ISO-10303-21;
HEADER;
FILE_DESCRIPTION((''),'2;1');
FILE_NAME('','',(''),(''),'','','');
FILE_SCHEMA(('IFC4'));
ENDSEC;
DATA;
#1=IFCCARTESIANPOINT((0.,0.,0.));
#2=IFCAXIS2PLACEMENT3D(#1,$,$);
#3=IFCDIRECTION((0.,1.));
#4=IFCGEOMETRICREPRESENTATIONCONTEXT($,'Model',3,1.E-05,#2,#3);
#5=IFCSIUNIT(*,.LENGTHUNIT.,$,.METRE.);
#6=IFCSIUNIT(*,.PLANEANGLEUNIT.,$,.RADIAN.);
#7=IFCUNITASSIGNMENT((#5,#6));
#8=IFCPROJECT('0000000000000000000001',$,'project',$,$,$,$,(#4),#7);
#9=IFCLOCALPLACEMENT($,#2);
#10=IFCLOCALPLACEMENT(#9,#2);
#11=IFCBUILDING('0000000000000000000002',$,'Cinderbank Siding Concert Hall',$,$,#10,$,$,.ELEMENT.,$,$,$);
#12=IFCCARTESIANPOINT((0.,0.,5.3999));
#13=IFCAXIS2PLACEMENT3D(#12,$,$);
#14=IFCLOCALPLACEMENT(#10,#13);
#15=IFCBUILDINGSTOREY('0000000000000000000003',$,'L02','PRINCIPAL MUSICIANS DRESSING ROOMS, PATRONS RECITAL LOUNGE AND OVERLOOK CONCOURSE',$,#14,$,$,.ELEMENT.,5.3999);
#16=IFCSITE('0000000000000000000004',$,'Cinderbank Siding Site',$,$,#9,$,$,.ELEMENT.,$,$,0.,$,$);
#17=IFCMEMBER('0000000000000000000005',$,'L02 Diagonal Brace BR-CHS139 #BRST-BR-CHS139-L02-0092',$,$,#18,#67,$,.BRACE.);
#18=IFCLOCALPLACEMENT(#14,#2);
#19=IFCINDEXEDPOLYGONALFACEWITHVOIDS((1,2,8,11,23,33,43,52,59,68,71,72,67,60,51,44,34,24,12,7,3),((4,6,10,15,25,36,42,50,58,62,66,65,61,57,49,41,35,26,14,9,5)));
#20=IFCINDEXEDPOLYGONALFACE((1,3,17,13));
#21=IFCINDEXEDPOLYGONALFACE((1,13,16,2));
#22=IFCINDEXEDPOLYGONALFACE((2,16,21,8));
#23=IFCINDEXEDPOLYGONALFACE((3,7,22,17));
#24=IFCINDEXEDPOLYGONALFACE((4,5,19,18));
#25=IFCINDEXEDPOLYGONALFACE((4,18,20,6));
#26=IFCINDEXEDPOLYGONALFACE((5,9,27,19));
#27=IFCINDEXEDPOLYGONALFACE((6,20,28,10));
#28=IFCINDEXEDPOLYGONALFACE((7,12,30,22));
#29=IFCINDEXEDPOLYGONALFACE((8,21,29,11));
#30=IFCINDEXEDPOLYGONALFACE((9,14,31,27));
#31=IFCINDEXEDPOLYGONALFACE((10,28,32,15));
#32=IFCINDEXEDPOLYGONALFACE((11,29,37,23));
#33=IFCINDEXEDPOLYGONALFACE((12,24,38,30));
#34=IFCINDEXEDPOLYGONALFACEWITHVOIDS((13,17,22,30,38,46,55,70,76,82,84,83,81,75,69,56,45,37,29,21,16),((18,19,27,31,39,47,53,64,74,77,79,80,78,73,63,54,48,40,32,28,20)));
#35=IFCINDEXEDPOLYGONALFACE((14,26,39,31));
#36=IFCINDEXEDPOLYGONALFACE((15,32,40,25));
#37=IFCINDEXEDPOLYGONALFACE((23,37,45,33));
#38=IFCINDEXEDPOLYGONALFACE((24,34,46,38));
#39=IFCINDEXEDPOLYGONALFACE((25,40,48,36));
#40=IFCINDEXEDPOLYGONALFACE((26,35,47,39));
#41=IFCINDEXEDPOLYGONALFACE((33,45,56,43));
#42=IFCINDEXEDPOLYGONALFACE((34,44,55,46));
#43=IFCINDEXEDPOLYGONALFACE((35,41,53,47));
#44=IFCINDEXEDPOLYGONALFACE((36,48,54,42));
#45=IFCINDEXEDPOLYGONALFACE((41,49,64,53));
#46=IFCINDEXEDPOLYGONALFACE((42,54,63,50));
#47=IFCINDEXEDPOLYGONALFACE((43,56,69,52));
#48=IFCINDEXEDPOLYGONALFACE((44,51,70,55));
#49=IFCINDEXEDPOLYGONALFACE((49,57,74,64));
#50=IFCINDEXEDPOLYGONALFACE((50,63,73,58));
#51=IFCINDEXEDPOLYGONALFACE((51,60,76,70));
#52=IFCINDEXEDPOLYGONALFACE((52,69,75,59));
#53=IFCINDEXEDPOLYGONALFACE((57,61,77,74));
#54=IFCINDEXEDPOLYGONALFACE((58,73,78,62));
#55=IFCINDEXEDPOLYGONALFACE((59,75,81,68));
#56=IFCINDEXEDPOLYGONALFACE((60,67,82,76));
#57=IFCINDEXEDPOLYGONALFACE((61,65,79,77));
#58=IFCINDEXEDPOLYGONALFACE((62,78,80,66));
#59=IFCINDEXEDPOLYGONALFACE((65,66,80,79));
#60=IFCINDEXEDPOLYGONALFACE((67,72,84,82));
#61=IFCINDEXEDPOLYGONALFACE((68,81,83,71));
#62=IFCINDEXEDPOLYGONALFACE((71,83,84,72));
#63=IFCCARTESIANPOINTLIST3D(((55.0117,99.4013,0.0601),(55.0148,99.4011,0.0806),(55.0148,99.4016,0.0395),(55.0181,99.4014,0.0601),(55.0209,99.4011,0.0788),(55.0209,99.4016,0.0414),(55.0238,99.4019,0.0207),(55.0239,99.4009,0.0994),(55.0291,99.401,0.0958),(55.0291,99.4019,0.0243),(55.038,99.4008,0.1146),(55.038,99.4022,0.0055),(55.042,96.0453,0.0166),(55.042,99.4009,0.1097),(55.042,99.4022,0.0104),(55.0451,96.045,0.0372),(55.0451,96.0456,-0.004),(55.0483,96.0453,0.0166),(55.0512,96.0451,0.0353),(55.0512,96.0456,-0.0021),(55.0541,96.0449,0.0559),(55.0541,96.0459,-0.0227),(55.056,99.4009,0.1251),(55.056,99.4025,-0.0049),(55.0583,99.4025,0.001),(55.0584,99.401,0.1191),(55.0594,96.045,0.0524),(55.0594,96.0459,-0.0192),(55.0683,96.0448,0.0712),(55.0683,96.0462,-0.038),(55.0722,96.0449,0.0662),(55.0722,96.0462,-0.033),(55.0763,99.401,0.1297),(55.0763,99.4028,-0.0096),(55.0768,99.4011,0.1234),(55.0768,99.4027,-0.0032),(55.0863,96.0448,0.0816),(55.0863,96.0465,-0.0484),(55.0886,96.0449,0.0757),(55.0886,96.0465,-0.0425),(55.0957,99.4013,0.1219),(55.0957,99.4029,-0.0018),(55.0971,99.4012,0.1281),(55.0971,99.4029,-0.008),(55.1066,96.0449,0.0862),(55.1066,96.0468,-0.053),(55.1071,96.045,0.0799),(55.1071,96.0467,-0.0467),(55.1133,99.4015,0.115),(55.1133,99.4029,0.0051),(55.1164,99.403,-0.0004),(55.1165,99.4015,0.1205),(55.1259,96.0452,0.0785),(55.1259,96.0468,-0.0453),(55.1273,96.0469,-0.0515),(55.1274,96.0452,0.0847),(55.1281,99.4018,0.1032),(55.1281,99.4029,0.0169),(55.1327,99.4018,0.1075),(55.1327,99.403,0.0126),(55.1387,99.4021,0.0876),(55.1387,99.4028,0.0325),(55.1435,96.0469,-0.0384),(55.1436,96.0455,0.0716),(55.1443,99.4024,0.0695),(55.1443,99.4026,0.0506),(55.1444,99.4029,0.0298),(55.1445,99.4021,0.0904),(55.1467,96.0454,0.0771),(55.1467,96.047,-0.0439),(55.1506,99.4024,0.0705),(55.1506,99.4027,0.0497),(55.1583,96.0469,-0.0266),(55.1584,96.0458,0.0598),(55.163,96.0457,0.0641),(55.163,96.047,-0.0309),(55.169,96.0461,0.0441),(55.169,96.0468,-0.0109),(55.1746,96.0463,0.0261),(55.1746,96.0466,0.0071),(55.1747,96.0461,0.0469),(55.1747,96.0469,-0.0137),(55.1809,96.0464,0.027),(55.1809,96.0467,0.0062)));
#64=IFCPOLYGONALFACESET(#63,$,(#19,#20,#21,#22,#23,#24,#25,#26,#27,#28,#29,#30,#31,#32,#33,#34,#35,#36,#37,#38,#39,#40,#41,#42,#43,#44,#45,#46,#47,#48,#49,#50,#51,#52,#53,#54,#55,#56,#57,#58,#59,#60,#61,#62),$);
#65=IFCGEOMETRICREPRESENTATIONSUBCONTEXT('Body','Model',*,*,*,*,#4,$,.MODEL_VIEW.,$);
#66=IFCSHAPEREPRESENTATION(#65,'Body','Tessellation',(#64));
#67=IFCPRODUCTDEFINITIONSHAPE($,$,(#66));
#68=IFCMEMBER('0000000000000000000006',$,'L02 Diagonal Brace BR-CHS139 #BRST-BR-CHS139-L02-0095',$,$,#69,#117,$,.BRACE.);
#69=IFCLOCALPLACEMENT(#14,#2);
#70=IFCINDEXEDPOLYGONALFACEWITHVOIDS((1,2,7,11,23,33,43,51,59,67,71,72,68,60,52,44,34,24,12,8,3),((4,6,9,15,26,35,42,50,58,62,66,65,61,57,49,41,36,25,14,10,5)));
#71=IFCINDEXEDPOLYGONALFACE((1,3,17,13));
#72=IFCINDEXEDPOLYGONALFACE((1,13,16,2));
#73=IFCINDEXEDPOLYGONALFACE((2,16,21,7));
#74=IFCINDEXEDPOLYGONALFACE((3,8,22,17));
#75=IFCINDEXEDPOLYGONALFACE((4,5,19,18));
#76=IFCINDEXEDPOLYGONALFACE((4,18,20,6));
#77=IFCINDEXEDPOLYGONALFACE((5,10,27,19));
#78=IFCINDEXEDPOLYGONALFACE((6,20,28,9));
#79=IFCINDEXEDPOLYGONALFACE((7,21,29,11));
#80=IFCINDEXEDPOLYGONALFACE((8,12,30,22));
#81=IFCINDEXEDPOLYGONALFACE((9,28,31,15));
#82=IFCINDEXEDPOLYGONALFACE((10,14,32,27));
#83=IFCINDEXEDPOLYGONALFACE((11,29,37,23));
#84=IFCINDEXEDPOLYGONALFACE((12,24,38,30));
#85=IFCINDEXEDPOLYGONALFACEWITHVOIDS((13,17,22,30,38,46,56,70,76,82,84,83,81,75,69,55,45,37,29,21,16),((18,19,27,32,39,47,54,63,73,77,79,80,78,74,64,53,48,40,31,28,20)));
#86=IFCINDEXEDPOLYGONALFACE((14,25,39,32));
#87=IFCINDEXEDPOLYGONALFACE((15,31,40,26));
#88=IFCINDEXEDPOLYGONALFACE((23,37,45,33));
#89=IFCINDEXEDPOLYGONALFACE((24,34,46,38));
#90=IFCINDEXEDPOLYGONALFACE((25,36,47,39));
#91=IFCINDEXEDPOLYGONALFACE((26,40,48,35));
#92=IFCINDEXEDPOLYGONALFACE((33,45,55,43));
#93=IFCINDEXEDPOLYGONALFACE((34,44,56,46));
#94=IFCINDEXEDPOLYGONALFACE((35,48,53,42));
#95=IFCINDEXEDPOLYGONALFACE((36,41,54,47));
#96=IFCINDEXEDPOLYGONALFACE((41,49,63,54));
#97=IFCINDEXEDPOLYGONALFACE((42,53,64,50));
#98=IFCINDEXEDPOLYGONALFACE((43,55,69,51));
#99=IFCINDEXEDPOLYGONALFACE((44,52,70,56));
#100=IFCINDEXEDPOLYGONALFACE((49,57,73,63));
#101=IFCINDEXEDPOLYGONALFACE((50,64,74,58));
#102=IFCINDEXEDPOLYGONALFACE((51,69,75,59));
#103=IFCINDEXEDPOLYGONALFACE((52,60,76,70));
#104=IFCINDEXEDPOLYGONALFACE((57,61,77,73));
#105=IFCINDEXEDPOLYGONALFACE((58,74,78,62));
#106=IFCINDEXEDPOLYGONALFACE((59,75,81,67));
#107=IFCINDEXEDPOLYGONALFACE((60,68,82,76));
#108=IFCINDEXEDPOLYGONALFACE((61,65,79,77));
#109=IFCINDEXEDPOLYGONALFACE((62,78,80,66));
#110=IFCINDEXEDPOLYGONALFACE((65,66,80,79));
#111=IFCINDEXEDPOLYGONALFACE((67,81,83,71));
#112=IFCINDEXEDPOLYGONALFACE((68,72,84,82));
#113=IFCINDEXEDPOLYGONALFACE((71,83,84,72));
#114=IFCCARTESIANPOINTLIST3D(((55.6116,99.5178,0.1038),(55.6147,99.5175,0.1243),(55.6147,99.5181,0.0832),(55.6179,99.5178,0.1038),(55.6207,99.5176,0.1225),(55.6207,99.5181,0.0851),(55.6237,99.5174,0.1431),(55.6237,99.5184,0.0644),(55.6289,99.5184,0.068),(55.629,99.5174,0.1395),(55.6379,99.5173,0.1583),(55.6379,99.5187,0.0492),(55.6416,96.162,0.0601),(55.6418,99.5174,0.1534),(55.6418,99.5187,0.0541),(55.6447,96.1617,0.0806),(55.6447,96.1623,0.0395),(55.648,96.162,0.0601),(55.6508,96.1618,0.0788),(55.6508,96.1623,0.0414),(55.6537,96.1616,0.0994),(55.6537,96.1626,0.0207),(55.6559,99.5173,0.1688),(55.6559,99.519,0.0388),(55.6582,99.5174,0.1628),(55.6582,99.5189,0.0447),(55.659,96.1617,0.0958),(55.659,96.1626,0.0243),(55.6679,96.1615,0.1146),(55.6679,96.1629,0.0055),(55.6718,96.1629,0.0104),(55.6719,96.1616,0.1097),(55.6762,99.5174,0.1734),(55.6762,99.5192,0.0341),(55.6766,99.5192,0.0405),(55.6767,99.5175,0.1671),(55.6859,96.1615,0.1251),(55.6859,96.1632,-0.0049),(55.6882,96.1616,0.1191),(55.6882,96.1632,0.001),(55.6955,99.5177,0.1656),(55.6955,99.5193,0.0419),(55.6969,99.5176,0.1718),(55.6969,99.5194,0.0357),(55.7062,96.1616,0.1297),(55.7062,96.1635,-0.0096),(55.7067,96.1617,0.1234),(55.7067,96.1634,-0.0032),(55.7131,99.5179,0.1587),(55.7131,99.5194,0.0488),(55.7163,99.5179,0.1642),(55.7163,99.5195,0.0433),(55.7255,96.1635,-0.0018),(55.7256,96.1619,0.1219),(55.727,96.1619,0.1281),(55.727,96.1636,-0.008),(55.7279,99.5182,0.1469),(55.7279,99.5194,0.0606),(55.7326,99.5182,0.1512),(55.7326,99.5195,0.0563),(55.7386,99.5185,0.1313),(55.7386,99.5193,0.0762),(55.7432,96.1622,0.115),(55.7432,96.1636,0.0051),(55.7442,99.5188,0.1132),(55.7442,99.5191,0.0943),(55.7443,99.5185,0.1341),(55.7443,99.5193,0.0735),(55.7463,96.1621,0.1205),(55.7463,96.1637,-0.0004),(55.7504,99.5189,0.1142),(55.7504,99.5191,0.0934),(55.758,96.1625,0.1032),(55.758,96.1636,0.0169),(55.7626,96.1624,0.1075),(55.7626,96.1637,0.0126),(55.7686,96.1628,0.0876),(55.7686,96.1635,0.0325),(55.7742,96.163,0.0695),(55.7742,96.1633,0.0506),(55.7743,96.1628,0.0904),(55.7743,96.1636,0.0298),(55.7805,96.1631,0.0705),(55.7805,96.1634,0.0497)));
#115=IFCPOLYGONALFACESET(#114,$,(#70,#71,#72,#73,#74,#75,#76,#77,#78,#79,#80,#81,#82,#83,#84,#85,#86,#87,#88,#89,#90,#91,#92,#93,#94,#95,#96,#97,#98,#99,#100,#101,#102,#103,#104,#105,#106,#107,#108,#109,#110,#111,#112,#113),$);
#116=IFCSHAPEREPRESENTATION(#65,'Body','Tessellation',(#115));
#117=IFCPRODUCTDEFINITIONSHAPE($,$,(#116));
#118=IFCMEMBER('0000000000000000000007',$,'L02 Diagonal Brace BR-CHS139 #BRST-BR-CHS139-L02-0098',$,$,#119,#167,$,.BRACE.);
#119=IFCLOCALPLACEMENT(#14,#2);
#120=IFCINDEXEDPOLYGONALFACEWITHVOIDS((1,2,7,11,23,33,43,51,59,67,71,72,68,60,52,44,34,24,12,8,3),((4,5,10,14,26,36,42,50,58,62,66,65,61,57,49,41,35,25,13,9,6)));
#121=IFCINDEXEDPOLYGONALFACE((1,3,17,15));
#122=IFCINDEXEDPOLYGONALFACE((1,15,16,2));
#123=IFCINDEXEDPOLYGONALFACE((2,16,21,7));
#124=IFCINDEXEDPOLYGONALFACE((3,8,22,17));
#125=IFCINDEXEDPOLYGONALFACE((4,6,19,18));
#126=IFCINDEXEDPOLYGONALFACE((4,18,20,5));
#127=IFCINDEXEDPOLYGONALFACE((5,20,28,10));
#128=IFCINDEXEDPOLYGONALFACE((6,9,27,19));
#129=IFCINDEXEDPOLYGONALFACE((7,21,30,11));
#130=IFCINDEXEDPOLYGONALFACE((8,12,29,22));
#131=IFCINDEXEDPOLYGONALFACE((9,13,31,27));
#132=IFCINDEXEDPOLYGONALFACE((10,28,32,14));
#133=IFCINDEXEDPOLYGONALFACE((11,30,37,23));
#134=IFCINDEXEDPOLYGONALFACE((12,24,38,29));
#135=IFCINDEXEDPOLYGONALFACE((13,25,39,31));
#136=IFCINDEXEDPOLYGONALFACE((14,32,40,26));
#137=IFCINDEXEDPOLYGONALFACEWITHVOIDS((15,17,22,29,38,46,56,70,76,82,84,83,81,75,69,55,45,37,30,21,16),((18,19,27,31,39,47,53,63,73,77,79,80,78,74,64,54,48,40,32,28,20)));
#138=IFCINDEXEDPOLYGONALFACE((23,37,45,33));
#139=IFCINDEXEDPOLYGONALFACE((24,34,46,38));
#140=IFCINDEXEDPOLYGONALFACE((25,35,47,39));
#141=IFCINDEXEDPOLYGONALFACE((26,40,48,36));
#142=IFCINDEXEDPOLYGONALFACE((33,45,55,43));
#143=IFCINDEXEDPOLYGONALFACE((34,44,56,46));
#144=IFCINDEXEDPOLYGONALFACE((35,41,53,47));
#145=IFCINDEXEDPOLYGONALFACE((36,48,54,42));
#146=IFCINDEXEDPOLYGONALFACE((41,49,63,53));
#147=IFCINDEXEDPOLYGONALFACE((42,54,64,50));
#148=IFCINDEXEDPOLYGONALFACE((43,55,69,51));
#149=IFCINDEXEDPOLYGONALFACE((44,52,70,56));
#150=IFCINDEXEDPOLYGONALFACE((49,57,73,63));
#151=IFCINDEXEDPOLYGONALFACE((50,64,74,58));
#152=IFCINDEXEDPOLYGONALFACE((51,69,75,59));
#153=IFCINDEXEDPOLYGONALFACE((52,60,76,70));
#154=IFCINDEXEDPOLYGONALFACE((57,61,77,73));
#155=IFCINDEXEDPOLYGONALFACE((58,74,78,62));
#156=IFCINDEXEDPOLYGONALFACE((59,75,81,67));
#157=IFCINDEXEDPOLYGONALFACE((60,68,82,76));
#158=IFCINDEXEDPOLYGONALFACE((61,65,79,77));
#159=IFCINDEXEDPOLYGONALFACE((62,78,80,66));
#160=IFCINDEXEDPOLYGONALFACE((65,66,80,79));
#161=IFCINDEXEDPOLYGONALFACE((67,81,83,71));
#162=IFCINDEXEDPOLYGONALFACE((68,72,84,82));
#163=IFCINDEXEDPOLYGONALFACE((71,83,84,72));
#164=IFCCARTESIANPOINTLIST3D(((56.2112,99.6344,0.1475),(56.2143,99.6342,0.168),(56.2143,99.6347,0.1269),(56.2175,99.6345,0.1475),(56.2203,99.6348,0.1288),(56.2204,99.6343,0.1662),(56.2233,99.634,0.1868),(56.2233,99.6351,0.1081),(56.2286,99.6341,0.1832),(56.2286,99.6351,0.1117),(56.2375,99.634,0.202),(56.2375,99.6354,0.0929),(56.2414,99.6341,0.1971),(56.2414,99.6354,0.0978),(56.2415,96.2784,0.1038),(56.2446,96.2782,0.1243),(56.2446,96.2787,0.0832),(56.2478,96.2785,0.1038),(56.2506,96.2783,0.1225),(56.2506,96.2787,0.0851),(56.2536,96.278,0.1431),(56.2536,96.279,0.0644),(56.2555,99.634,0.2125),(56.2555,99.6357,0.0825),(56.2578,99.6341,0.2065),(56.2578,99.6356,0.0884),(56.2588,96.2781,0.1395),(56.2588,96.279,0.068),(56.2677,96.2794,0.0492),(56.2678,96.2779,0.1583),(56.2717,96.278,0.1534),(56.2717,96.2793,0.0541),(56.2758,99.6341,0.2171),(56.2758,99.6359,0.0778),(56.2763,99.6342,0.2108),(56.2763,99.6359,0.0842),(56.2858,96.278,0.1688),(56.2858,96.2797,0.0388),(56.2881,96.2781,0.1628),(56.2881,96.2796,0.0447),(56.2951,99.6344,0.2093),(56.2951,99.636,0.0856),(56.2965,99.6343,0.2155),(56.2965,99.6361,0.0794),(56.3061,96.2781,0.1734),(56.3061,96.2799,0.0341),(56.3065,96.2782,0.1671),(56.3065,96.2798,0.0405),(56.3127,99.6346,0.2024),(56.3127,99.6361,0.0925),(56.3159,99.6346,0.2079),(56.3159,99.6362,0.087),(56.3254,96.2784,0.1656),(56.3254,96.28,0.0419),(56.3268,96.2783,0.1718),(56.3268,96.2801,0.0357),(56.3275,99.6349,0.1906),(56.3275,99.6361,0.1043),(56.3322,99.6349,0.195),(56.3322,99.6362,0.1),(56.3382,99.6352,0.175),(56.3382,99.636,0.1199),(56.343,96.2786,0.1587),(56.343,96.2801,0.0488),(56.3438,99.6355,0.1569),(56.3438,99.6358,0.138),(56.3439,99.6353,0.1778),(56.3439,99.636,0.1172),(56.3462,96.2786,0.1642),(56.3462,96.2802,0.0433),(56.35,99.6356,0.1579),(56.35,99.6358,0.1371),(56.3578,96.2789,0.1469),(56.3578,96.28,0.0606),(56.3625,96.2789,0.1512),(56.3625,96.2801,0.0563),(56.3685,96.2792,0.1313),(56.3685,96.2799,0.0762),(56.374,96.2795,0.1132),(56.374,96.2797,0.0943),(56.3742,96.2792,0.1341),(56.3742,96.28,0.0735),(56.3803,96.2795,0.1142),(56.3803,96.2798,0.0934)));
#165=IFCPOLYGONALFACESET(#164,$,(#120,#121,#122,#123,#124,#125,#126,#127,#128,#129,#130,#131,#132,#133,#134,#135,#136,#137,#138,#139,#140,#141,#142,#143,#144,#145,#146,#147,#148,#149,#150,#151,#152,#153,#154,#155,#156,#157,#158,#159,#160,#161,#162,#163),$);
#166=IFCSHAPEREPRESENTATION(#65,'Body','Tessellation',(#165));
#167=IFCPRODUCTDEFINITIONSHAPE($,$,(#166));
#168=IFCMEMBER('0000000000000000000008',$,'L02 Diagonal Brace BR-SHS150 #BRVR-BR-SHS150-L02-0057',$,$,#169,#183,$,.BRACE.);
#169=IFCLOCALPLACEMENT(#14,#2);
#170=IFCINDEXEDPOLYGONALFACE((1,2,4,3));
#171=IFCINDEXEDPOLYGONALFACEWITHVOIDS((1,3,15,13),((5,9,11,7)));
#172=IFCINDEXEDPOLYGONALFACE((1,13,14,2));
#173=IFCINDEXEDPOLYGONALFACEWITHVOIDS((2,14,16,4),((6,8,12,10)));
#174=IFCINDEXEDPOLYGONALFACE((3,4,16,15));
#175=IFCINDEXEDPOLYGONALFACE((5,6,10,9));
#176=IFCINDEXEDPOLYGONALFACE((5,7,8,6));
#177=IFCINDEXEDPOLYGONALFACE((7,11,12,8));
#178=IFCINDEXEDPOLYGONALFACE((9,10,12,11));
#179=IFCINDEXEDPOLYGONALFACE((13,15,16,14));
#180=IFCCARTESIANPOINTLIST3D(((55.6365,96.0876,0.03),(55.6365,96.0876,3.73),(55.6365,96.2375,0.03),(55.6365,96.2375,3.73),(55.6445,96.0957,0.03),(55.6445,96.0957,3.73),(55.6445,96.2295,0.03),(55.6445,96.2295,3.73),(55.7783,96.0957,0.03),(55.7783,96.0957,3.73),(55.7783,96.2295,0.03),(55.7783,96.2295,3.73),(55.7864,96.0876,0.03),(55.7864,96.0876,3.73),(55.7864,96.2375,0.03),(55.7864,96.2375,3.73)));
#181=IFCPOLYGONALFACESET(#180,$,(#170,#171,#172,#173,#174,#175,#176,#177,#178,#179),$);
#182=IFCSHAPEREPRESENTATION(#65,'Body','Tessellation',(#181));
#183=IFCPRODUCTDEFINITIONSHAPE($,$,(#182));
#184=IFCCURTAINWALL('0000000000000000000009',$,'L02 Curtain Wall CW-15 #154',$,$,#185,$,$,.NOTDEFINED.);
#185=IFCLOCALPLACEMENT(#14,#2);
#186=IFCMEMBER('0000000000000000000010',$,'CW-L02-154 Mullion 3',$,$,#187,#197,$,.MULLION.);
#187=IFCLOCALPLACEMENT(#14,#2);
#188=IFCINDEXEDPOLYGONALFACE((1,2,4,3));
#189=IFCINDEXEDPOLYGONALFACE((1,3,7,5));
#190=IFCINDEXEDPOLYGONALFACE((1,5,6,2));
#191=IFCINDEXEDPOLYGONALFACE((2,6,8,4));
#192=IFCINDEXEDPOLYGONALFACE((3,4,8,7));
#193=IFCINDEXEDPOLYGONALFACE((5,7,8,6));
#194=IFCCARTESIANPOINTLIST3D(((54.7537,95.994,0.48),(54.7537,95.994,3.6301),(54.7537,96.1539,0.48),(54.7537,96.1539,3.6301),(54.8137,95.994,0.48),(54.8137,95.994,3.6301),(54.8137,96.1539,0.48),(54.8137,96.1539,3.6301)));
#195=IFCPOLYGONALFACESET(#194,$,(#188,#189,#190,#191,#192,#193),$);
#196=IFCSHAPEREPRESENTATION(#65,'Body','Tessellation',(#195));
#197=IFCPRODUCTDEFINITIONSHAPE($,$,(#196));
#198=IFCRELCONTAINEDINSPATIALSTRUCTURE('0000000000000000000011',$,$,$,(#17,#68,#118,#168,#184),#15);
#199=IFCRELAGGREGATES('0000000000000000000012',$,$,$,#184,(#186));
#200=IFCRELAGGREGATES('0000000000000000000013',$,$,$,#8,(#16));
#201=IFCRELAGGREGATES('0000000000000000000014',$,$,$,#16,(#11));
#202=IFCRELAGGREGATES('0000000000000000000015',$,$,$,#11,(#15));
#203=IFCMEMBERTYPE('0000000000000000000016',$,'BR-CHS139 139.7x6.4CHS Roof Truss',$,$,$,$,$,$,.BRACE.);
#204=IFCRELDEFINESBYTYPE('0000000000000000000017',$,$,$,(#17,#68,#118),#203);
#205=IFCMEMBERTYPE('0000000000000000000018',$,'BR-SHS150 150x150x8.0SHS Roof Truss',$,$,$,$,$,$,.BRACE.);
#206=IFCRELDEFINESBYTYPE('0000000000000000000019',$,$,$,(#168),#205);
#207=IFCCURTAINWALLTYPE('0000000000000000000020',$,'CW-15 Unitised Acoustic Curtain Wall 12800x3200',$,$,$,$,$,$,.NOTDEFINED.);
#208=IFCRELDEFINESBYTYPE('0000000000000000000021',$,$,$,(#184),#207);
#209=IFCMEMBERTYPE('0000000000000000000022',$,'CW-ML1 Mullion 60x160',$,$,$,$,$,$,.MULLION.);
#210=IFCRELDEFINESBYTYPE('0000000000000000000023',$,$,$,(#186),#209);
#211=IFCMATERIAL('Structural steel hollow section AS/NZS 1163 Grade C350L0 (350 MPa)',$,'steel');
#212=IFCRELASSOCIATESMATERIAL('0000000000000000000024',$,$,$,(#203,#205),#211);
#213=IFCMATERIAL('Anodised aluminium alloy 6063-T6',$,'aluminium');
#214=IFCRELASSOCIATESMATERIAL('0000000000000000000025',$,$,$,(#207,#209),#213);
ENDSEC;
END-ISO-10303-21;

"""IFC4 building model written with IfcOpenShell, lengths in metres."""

from ifc_helpers import new_model, si_unit, direction, frame, origin, origin_2d, place, context, subcontext, project, spatial, rectangle, hollow_rectangle, hollow_circle, extrude, material, material_profile, profile_set, type_object, element, aggregate, save


model = new_model("IFC4")

# Units and contexts
model_context = context("Model", 3, precision=1e-05, world=origin(), true_north=direction((0.0, 1.0)))
body_context = subcontext(model_context, "Body", "Model", "MODEL_VIEW")
ifc_project = project(units=[si_unit("LENGTHUNIT", "METRE"), si_unit("PLANEANGLEUNIT", "RADIAN")], contexts=[model_context])

# Site, building, storey
site_placement = place(None, origin())
site = spatial("IfcSite", under=ifc_project, at=site_placement, Name="Cinderbank Siding Site", CompositionType="ELEMENT", RefElevation=0.0)
building_placement = place(site_placement, origin())
building = spatial("IfcBuilding", under=site, at=building_placement, Name="Cinderbank Siding Concert Hall", CompositionType="ELEMENT")
storey_placement = place(building_placement, frame((0.0, 0.0, 5.3999)))
storey = spatial("IfcBuildingStorey", under=building, at=storey_placement, Name="L02", Description="PRINCIPAL MUSICIANS DRESSING ROOMS, PATRONS RECITAL LOUNGE AND OVERLOOK CONCOURSE", CompositionType="ELEMENT", Elevation=5.3999)

# Members
ifc_material_1 = material(Name="Structural steel hollow section AS/NZS 1163 Grade C350L0 (350 MPa)", Category="steel")
ifc_material_profile_1 = material_profile(ifc_material_1, hollow_circle(Radius=0.0698, WallThickness=0.0063, at=origin_2d()), Name="139.7x6.4CHS", Category="LoadBearing")
ifc_profile_set_1 = profile_set([ifc_material_profile_1], Name="Structural steel hollow section AS/NZS 1163 Grade C350L0 (350 MPa)")
member_type_1 = type_object("IfcMemberType", Name="BR-CHS139 139.7x6.4CHS Roof Truss", PredefinedType="BRACE", material=ifc_profile_set_1)
member_1_placement = place(storey_placement, frame((55.1118, 96.0459, 0.0166), z_axis=(-0.00902, 0.999875, 0.012948), x_axis=(-0.999959, -0.00902, 0.0)))
element("IfcMember", 1, at=member_1_placement, inside=storey, type_object=member_type_1, Name="L02 Diagonal Brace BR-CHS139 #BRST-BR-CHS139-L02-0092", PredefinedType="BRACE", context=body_context, shape_type="SweptSolid", body=[
    extrude(hollow_circle(Radius=0.0698, WallThickness=0.0063, at=origin_2d()), origin(), (0.0, 0.0, 1.0), 3.3564),
])
member_2_placement = place(storey_placement, frame((55.7114, 96.1626, 0.0601), z_axis=(-0.008948, 0.999875, 0.013021), x_axis=(-0.99996, -0.008948, 0.0)))
element("IfcMember", 2, at=member_2_placement, inside=storey, type_object=member_type_1, Name="L02 Diagonal Brace BR-CHS139 #BRST-BR-CHS139-L02-0095", PredefinedType="BRACE", context=body_context, shape_type="SweptSolid", body=[
    extrude(hollow_circle(Radius=0.0698, WallThickness=0.0063, at=origin_2d()), origin(), (0.0, 0.0, 1.0), 3.3562),
])
member_3_placement = place(storey_placement, frame((56.3113, 96.2791, 0.1038), z_axis=(-0.00902, 0.999875, 0.01302), x_axis=(-0.999959, -0.00902, 0.0)))
element("IfcMember", 3, at=member_3_placement, inside=storey, type_object=member_type_1, Name="L02 Diagonal Brace BR-CHS139 #BRST-BR-CHS139-L02-0098", PredefinedType="BRACE", context=body_context, shape_type="SweptSolid", body=[
    extrude(hollow_circle(Radius=0.0698, WallThickness=0.0063, at=origin_2d()), origin(), (0.0, 0.0, 1.0), 3.3564),
])
ifc_material_profile_2 = material_profile(ifc_material_1, hollow_rectangle(XDim=0.1499, YDim=0.1499, WallThickness=0.0081, at=origin_2d()), Name="150x150x8.0SHS", Category="LoadBearing")
ifc_profile_set_2 = profile_set([ifc_material_profile_2], Name="Structural steel hollow section AS/NZS 1163 Grade C350L0 (350 MPa)")
member_type_2 = type_object("IfcMemberType", Name="BR-SHS150 150x150x8.0SHS Roof Truss", PredefinedType="BRACE", material=ifc_profile_set_2)
member_4_placement = place(storey_placement, frame((55.7114, 96.1626, 0.03), z_axis=(0.0, 0.0, 1.0), x_axis=(1.0, 0.0, 0.0)))
element("IfcMember", 4, at=member_4_placement, inside=storey, type_object=member_type_2, Name="L02 Diagonal Brace BR-SHS150 #BRVR-BR-SHS150-L02-0057", PredefinedType="BRACE", context=body_context, shape_type="SweptSolid", body=[
    extrude(hollow_rectangle(XDim=0.1499, YDim=0.1499, WallThickness=0.0081, at=origin_2d()), origin(), (0.0, 0.0, 1.0), 3.7),
])

# Curtain wall, member
ifc_material_2 = material(Name="Anodised aluminium alloy 6063-T6", Category="aluminium")
curtain_wall_type = type_object("IfcCurtainWallType", Name="CW-15 Unitised Acoustic Curtain Wall 12800x3200", PredefinedType="NOTDEFINED", material=ifc_material_2)
curtain_wall_placement = place(storey_placement, origin())
curtain_wall = element("IfcCurtainWall", 5, at=curtain_wall_placement, inside=storey, type_object=curtain_wall_type, Name="L02 Curtain Wall CW-15 #154", PredefinedType="NOTDEFINED")
ifc_material_profile_3 = material_profile(ifc_material_2, rectangle(XDim=0.0601, YDim=0.1599, at=origin_2d()), Name="ALU-MULL-60x160", Category="LoadBearing")
ifc_profile_set_3 = profile_set([ifc_material_profile_3], Name="Anodised aluminium alloy 6063-T6")
member_type_3 = type_object("IfcMemberType", Name="CW-ML1 Mullion 60x160", PredefinedType="MULLION", material=ifc_profile_set_3)
member_5_placement = place(storey_placement, frame((54.7837, 96.074, 0.48), z_axis=(0.0, 0.0, 1.0), x_axis=(1.0, 0.0, 0.0)))
member_5 = element("IfcMember", 6, at=member_5_placement, type_object=member_type_3, Name="CW-L02-154 Mullion 3", PredefinedType="MULLION", context=body_context, shape_type="SweptSolid", body=[
    extrude(rectangle(XDim=0.0601, YDim=0.1599, at=origin_2d()), origin(), (0.0, 0.0, 1.0), 3.1501),
])

aggregate(curtain_wall, [member_5])

save(model, "model.ifc")
